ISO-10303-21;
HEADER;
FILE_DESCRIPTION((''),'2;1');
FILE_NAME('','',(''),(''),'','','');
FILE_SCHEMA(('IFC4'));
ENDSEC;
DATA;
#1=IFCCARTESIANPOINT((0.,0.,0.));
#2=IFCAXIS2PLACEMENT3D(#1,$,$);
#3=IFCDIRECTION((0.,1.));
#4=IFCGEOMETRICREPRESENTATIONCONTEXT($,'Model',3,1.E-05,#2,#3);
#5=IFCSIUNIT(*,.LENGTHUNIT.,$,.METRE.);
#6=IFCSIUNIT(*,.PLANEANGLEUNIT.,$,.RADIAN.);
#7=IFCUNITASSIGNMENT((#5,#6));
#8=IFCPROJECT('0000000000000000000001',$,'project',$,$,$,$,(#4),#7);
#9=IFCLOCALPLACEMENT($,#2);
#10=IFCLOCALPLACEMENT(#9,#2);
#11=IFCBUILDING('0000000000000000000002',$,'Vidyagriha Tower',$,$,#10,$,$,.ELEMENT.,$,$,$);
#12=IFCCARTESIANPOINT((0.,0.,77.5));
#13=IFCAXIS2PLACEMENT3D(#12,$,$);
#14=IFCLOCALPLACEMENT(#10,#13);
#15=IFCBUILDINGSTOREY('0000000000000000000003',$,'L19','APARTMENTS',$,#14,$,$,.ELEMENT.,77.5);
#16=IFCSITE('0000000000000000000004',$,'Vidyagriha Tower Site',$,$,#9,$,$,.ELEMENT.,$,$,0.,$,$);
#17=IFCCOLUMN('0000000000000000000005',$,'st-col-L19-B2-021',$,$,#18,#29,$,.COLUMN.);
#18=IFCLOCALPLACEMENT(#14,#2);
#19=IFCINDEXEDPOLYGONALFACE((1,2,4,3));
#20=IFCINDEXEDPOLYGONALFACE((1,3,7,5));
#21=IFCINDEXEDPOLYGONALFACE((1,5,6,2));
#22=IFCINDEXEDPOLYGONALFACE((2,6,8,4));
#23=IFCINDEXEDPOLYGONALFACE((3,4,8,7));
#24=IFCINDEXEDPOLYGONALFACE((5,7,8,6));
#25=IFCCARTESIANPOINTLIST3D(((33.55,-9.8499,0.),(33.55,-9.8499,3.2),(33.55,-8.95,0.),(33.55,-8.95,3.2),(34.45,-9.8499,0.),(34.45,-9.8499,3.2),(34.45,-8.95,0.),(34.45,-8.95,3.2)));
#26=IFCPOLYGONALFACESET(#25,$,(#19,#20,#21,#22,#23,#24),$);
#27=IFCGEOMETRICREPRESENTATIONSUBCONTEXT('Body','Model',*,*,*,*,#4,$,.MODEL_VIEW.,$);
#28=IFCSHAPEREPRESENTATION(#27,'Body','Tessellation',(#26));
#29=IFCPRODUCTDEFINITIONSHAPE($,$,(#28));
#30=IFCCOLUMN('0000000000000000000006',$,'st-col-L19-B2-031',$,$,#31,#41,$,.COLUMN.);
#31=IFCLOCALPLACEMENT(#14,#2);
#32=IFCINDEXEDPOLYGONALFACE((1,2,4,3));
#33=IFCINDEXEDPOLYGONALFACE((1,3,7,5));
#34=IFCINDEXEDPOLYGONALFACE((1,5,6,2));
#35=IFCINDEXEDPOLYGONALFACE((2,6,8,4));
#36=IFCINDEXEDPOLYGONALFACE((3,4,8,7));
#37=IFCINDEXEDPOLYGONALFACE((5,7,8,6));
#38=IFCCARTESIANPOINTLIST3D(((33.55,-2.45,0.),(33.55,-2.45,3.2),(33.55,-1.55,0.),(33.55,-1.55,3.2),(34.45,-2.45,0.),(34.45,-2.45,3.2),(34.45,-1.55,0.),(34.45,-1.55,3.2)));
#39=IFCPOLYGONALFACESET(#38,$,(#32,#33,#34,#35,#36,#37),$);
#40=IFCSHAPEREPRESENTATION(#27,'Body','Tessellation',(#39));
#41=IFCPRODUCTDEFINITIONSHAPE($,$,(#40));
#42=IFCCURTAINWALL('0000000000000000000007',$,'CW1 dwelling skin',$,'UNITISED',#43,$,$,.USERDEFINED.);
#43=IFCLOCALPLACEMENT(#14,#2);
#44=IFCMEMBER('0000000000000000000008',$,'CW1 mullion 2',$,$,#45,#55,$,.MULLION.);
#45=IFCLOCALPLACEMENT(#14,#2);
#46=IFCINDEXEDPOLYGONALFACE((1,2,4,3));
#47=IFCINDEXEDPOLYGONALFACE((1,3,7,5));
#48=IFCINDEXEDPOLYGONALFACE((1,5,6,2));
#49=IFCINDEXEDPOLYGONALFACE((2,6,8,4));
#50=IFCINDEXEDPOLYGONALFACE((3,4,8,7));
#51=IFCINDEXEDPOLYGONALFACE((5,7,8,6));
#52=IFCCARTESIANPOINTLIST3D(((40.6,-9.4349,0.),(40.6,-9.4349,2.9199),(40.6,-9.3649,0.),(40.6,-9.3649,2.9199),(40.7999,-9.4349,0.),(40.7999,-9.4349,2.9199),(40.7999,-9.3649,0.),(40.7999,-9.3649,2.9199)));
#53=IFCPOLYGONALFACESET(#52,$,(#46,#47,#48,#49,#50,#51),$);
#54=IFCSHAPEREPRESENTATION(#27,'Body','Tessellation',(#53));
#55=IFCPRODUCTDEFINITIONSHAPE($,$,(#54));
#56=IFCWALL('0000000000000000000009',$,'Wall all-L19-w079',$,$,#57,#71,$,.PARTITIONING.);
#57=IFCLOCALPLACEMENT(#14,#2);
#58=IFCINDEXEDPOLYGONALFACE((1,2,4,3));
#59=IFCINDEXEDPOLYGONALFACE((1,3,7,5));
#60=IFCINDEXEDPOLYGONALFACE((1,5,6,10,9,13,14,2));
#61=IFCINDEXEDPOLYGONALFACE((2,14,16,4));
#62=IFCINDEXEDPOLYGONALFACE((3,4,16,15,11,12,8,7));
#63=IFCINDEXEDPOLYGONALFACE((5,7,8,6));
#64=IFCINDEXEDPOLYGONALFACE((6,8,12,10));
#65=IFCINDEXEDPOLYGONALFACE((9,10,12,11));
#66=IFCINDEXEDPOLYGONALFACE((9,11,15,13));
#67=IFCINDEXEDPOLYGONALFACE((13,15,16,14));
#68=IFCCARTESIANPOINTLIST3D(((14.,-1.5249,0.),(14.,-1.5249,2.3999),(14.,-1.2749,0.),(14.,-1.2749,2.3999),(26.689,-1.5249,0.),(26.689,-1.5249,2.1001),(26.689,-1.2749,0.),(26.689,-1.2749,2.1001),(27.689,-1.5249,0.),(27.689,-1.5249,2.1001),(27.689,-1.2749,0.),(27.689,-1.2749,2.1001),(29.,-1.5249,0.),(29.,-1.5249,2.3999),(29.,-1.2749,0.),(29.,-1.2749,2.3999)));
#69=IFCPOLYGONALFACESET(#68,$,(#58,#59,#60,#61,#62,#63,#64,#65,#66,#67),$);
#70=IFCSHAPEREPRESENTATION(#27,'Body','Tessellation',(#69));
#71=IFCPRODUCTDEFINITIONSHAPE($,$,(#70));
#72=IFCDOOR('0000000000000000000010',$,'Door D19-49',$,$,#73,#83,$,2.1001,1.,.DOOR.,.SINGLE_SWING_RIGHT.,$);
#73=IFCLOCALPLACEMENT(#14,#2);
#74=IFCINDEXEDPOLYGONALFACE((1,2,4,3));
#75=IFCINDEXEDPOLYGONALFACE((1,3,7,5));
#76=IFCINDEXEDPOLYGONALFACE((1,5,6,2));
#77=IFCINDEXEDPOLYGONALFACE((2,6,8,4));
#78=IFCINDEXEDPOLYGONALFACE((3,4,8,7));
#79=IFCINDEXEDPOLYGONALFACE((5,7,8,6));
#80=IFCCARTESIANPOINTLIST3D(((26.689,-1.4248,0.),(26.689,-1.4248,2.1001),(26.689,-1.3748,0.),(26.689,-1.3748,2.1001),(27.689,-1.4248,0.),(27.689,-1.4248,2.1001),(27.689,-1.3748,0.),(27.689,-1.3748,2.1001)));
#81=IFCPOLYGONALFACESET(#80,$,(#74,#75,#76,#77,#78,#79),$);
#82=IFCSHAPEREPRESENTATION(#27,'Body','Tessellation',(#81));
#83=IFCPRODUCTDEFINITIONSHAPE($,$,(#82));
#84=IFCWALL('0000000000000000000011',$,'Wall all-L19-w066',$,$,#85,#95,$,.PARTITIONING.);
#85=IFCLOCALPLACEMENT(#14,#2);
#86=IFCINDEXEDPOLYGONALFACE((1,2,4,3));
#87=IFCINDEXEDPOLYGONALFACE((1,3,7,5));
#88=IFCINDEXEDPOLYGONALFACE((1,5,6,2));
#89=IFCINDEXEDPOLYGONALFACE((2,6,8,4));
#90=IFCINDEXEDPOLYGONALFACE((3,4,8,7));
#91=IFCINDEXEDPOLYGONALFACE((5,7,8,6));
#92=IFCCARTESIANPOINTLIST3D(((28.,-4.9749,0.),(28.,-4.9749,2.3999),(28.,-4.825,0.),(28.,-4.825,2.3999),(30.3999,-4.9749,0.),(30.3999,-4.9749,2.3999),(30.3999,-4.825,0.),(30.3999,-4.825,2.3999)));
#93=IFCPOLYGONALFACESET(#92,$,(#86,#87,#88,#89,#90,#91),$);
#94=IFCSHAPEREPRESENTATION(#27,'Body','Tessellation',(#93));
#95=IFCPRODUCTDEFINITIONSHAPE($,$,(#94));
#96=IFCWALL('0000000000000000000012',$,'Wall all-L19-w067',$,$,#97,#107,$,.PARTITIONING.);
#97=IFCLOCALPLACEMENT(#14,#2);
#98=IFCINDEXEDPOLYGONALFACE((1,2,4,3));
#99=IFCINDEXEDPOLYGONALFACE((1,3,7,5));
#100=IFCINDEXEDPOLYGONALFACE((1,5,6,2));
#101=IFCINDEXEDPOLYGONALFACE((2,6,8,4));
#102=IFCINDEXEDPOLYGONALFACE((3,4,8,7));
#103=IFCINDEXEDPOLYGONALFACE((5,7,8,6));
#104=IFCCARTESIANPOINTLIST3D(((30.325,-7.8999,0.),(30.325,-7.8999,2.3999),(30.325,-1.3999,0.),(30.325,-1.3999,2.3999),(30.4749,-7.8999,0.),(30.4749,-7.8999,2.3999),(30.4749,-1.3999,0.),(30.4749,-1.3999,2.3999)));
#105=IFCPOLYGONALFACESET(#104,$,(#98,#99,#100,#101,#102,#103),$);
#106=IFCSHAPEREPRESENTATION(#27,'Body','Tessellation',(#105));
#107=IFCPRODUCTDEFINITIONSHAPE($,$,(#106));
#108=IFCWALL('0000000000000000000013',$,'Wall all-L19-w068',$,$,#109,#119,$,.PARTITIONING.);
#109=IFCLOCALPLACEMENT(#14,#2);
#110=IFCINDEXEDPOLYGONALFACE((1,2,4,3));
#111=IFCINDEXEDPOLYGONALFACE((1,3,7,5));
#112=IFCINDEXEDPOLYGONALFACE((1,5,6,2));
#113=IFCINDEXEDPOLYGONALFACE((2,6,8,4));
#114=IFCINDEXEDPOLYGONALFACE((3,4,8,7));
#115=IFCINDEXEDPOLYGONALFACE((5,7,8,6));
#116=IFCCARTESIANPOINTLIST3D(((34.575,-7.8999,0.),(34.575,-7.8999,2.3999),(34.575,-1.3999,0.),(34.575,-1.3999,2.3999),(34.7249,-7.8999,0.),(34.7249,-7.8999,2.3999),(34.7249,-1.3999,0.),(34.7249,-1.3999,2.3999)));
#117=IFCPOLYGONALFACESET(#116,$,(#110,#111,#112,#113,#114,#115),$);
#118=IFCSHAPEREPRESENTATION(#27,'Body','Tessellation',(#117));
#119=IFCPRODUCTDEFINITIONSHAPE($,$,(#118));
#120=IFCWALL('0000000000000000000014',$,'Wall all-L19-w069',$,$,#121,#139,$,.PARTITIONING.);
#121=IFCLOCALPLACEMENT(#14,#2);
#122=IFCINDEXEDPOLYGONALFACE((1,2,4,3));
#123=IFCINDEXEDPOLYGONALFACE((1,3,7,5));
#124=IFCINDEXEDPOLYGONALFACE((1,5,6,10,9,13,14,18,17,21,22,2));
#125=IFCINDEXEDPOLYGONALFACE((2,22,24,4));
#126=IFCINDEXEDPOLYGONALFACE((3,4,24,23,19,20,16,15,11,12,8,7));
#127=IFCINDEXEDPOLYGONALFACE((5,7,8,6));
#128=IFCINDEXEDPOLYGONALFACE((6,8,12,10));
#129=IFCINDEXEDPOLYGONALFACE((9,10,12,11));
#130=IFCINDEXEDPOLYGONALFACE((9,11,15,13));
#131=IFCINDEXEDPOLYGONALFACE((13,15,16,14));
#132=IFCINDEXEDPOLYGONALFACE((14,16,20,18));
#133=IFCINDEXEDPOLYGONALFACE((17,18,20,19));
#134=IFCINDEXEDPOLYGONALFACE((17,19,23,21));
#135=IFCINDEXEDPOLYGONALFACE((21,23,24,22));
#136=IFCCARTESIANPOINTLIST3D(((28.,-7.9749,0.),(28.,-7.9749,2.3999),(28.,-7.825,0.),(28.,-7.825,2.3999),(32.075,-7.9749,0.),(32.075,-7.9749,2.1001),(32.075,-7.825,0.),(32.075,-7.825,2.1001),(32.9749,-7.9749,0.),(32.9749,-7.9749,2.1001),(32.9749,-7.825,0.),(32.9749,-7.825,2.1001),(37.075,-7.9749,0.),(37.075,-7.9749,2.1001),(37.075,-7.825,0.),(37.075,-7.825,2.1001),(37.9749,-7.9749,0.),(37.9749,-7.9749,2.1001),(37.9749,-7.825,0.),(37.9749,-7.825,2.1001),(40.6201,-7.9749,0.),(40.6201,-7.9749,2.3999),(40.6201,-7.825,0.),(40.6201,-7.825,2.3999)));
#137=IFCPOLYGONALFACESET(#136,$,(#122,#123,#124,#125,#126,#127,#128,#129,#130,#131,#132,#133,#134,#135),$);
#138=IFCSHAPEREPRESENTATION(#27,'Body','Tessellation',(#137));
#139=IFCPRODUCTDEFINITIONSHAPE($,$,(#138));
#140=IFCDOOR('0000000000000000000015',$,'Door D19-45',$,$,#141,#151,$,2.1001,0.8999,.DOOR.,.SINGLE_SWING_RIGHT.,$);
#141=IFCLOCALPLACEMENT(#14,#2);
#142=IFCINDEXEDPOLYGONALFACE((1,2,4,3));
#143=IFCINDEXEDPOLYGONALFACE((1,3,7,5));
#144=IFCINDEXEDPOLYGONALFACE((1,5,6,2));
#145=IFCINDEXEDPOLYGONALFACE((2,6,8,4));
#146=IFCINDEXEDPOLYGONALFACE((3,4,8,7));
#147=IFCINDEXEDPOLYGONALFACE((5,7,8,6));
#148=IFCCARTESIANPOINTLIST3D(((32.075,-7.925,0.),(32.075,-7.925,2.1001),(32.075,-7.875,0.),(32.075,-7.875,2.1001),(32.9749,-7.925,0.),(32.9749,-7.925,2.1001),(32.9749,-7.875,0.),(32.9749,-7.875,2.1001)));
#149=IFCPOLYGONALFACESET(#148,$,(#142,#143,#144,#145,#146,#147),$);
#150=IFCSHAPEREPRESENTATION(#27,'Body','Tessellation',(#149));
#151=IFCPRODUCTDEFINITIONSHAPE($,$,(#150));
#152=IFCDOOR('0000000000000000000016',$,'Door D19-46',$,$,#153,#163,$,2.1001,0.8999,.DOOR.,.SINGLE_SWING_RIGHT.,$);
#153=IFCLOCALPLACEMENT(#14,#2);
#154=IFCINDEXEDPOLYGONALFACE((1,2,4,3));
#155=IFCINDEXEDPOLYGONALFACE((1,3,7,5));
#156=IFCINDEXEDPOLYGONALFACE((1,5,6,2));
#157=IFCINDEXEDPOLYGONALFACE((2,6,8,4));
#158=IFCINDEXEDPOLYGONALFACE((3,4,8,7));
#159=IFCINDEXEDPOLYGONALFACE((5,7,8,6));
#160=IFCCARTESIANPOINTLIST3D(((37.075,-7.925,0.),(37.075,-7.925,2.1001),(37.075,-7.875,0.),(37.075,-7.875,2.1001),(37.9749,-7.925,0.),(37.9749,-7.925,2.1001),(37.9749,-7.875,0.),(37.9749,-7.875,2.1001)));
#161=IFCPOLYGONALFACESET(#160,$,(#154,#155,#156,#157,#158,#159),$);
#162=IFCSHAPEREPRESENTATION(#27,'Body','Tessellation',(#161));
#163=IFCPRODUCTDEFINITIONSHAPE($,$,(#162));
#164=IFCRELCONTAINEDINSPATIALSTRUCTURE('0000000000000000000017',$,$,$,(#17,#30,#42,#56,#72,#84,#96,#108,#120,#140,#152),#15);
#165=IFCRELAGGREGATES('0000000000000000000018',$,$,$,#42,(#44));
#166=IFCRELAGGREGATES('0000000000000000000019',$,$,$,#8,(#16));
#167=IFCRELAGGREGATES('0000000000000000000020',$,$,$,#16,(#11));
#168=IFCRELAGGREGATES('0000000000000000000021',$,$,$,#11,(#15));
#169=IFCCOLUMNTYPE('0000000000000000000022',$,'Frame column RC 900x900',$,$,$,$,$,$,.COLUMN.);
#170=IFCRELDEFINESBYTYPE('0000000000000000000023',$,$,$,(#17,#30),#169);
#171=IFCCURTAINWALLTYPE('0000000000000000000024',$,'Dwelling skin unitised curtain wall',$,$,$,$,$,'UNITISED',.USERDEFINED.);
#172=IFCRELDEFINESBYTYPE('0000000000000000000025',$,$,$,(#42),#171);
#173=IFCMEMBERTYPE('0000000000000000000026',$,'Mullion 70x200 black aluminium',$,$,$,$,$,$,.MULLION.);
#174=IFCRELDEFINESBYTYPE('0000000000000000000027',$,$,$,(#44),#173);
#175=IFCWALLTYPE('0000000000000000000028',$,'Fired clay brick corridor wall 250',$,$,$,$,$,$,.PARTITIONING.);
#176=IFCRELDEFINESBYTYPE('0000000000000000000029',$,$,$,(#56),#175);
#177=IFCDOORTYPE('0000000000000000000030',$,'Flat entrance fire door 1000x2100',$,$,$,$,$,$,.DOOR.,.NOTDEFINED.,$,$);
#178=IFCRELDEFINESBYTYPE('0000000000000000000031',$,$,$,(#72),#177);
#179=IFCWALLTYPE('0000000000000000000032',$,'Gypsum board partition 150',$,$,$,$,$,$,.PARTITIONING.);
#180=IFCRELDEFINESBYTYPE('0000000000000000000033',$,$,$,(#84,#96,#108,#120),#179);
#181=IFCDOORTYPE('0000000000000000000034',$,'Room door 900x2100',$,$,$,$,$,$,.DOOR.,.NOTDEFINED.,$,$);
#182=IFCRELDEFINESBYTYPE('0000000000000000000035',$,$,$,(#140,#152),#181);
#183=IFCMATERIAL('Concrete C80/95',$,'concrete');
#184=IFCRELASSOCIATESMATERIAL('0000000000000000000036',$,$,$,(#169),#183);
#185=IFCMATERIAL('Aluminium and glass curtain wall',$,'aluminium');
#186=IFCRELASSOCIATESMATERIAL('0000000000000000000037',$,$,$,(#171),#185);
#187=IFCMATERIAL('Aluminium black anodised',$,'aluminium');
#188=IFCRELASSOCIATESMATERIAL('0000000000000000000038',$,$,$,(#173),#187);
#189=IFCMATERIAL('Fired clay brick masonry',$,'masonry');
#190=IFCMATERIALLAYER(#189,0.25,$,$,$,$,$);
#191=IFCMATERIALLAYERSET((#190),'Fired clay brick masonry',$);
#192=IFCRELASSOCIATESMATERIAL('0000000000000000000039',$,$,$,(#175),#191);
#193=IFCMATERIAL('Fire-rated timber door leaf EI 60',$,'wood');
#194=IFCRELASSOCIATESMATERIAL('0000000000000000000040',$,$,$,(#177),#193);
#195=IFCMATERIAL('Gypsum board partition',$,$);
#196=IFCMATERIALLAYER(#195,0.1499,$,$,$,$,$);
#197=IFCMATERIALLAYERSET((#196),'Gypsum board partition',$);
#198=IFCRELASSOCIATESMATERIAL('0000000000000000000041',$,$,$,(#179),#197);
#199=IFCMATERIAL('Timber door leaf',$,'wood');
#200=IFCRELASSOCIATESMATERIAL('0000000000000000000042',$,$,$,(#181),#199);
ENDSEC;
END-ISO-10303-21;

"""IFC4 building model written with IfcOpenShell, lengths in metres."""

from ifc_helpers import new_model, si_unit, direction, frame, frame_2d, origin, origin_2d, place, context, subcontext, project, spatial, rectangle, extrude, material, layer, layer_set, material_profile, profile_set, type_object, element, fill, aggregate, save


model = new_model("IFC4")

# Units and contexts
model_context = context("Model", 3, precision=1e-05, world=origin(), true_north=direction((0.0, 1.0)))
body_context = subcontext(model_context, "Body", "Model", "MODEL_VIEW")
ifc_project = project(units=[si_unit("LENGTHUNIT", "METRE"), si_unit("PLANEANGLEUNIT", "RADIAN")], contexts=[model_context])

# Site, building, storey
site_placement = place(None, origin())
site = spatial("IfcSite", under=ifc_project, at=site_placement, Name="Vidyagriha Tower Site", CompositionType="ELEMENT", RefElevation=0.0)
building_placement = place(site_placement, origin())
building = spatial("IfcBuilding", under=site, at=building_placement, Name="Vidyagriha Tower", CompositionType="ELEMENT")
storey_placement = place(building_placement, frame((0.0, 0.0, 77.5)))
storey = spatial("IfcBuildingStorey", under=building, at=storey_placement, Name="L19", Description="APARTMENTS", CompositionType="ELEMENT", Elevation=77.5)

# Columns
ifc_material_1 = material(Name="Concrete C80/95", Category="concrete")
ifc_material_profile_1 = material_profile(ifc_material_1, rectangle(XDim=0.8999, YDim=0.8999, at=origin_2d()), Name="RC 900x900")
ifc_profile_set_1 = profile_set([ifc_material_profile_1], Name="Concrete C80/95")
column_type = type_object("IfcColumnType", Name="Frame column RC 900x900", PredefinedType="COLUMN", material=ifc_profile_set_1)
for number, where, name in (
    (1, (34.0, -9.3999, 0.0), "st-col-L19-B2-021"),
    (2, (34.0, -2.0, 0.0), "st-col-L19-B2-031"),
):
    element("IfcColumn", number, at=place(storey_placement, frame(where)), inside=storey, type_object=column_type, Name=name, PredefinedType="COLUMN", context=body_context, shape_type="SweptSolid", body=[
        extrude(rectangle(XDim=0.8999, YDim=0.8999, at=origin_2d()), origin(), (0.0, 0.0, 1.0), 3.2),
    ])

# Curtain wall, member
ifc_material_2 = material(Name="Aluminium and glass curtain wall", Category="aluminium")
curtain_wall_type = type_object("IfcCurtainWallType", Name="Dwelling skin unitised curtain wall", ElementType="UNITISED", PredefinedType="USERDEFINED", material=ifc_material_2)
curtain_wall_placement = place(storey_placement, origin())
curtain_wall = element("IfcCurtainWall", 3, at=curtain_wall_placement, inside=storey, type_object=curtain_wall_type, Name="CW1 dwelling skin", ObjectType="UNITISED", PredefinedType="USERDEFINED")
ifc_material_3 = material(Name="Aluminium black anodised", Category="aluminium")
ifc_material_profile_2 = material_profile(ifc_material_3, rectangle(XDim=0.2, YDim=0.0701, at=origin_2d()), Name="Mullion 70x200 black aluminium")
ifc_profile_set_2 = profile_set([ifc_material_profile_2], Name="Aluminium black anodised")
member_type = type_object("IfcMemberType", Name="Mullion 70x200 black aluminium", PredefinedType="MULLION", material=ifc_profile_set_2)
member_placement = place(storey_placement, frame((40.7, -9.3999, 0.0), z_axis=(0.0, 0.0, 1.0), x_axis=(-1.0, 0.0, 0.0)))
member = element("IfcMember", 4, at=member_placement, type_object=member_type, Name="CW1 mullion 2", PredefinedType="MULLION", context=body_context, shape_type="SweptSolid", body=[
    extrude(rectangle(XDim=0.2, YDim=0.0701, at=origin_2d()), origin(), (0.0, 0.0, 1.0), 2.9199),
])
aggregate(curtain_wall, [member])

# Wall, opening, door
ifc_material_4 = material(Name="Fired clay brick masonry", Category="masonry")
ifc_layer_1 = layer(ifc_material_4, 0.25)
ifc_layer_set_1 = layer_set([ifc_layer_1], Name="Fired clay brick masonry")
wall_type_1 = type_object("IfcWallType", Name="Fired clay brick corridor wall 250", PredefinedType="PARTITIONING", material=ifc_layer_set_1)
wall_1_placement = place(storey_placement, frame((29.0, -1.3999, 0.0), z_axis=(0.0, 0.0, 1.0), x_axis=(-1.0, 0.0, 0.0)))
wall_1 = element("IfcWall", 5, at=wall_1_placement, inside=storey, type_object=wall_type_1, Name="Wall all-L19-w079", PredefinedType="PARTITIONING", context=body_context, shape_type="SweptSolid", body=[
    extrude(rectangle(XDim=15.0, YDim=0.25, at=frame_2d((7.5, 0.0))), origin(), (0.0, 0.0, 1.0), 2.3999),
])
opening_1_placement = place(wall_1_placement, frame((1.311, 0.0, 0.0)))
opening_1 = element("IfcOpeningElement", 6, at=opening_1_placement, cuts=wall_1, PredefinedType="OPENING", context=body_context, shape_type="SweptSolid", body=[
    extrude(rectangle(XDim=1.0, YDim=2.1001, at=frame_2d((0.5, 1.05))), frame((0.0, 0.135, 0.0), z_axis=(0.0, -1.0, 0.0), x_axis=(1.0, 0.0, 0.0)), (0.0, 0.0, 1.0), 0.27),
])
ifc_material_5 = material(Name="Fire-rated timber door leaf EI 60", Category="wood")
door_type_1 = type_object("IfcDoorType", Name="Flat entrance fire door 1000x2100", OperationType="NOTDEFINED", PredefinedType="DOOR", material=ifc_material_5)
door_1_placement = place(opening_1_placement, origin())
door_1 = element("IfcDoor", 7, at=door_1_placement, inside=storey, type_object=door_type_1, Name="Door D19-49", OperationType="SINGLE_SWING_RIGHT", OverallHeight=2.1001, OverallWidth=1.0, PredefinedType="DOOR", context=body_context, shape_type="SweptSolid", body=[
    extrude(rectangle(XDim=1.0, YDim=2.1001, at=frame_2d((0.5, 1.05))), frame((0.0, 0.0249, 0.0), z_axis=(0.0, -1.0, 0.0), x_axis=(1.0, 0.0, 0.0)), (0.0, 0.0, 1.0), 0.05),
])
fill(opening_1, door_1)

# Walls
ifc_material_6 = material(Name="Gypsum board partition")
ifc_layer_2 = layer(ifc_material_6, 0.1499)
ifc_layer_set_2 = layer_set([ifc_layer_2], Name="Gypsum board partition")
wall_type_2 = type_object("IfcWallType", Name="Gypsum board partition 150", PredefinedType="PARTITIONING", material=ifc_layer_set_2)
wall_2_placement = place(storey_placement, frame((30.3999, -4.8999, 0.0), z_axis=(0.0, 0.0, 1.0), x_axis=(-1.0, 0.0, 0.0)))
element("IfcWall", 8, at=wall_2_placement, inside=storey, type_object=wall_type_2, Name="Wall all-L19-w066", PredefinedType="PARTITIONING", context=body_context, shape_type="SweptSolid", body=[
    extrude(rectangle(XDim=2.3999, YDim=0.1499, at=frame_2d((1.2, 0.0))), origin(), (0.0, 0.0, 1.0), 2.3999),
])
for number, where, z_axis, x_axis, name in (
    (9, (30.3999, -1.3999, 0.0), (0.0, 0.0, 1.0), (0.0, -1.0, 0.0), "Wall all-L19-w067"),
    (10, (34.6499, -1.3999, 0.0), (0.0, 0.0, 1.0), (0.0, -1.0, 0.0), "Wall all-L19-w068"),
):
    element("IfcWall", number, at=place(storey_placement, frame(where, z_axis=z_axis, x_axis=x_axis)), inside=storey, type_object=wall_type_2, Name=name, PredefinedType="PARTITIONING", context=body_context, shape_type="SweptSolid", body=[
        extrude(rectangle(XDim=6.5, YDim=0.1499, at=frame_2d((3.25, 0.0))), origin(), (0.0, 0.0, 1.0), 2.3999),
    ])

# Wall, openings, doors
wall_3_placement = place(storey_placement, frame((28.0, -7.8999, 0.0)))
wall_3 = element("IfcWall", 11, at=wall_3_placement, inside=storey, type_object=wall_type_2, Name="Wall all-L19-w069", PredefinedType="PARTITIONING", context=body_context, shape_type="SweptSolid", body=[
    extrude(rectangle(XDim=12.6201, YDim=0.1499, at=frame_2d((6.3101, 0.0))), origin(), (0.0, 0.0, 1.0), 2.3999),
])
opening_2_placement = place(wall_3_placement, frame((4.075, 0.0, 0.0)))
opening_2 = element("IfcOpeningElement", 12, at=opening_2_placement, cuts=wall_3, PredefinedType="OPENING", context=body_context, shape_type="SweptSolid", body=[
    extrude(rectangle(XDim=0.8999, YDim=2.1001, at=frame_2d((0.45, 1.05))), frame((0.0, 0.085, 0.0), z_axis=(0.0, -1.0, 0.0), x_axis=(1.0, 0.0, 0.0)), (0.0, 0.0, 1.0), 0.1699),
])
opening_3_placement = place(wall_3_placement, frame((9.075, 0.0, 0.0)))
opening_3 = element("IfcOpeningElement", 13, at=opening_3_placement, cuts=wall_3, PredefinedType="OPENING", context=body_context, shape_type="SweptSolid", body=[
    extrude(rectangle(XDim=0.8999, YDim=2.1001, at=frame_2d((0.45, 1.05))), frame((0.0, 0.085, 0.0), z_axis=(0.0, -1.0, 0.0), x_axis=(1.0, 0.0, 0.0)), (0.0, 0.0, 1.0), 0.1699),
])
ifc_material_7 = material(Name="Timber door leaf", Category="wood")
door_type_2 = type_object("IfcDoorType", Name="Room door 900x2100", OperationType="NOTDEFINED", PredefinedType="DOOR", material=ifc_material_7)
door_2_placement = place(opening_2_placement, origin())
door_2 = element("IfcDoor", 14, at=door_2_placement, inside=storey, type_object=door_type_2, Name="Door D19-45", OperationType="SINGLE_SWING_RIGHT", OverallHeight=2.1001, OverallWidth=0.8999, PredefinedType="DOOR", context=body_context, shape_type="SweptSolid", body=[
    extrude(rectangle(XDim=0.8999, YDim=2.1001, at=frame_2d((0.45, 1.05))), frame((0.0, 0.0249, 0.0), z_axis=(0.0, -1.0, 0.0), x_axis=(1.0, 0.0, 0.0)), (0.0, 0.0, 1.0), 0.05),
])
fill(opening_2, door_2)
door_3_placement = place(opening_3_placement, origin())
door_3 = element("IfcDoor", 15, at=door_3_placement, inside=storey, type_object=door_type_2, Name="Door D19-46", OperationType="SINGLE_SWING_RIGHT", OverallHeight=2.1001, OverallWidth=0.8999, PredefinedType="DOOR", context=body_context, shape_type="SweptSolid", body=[
    extrude(rectangle(XDim=0.8999, YDim=2.1001, at=frame_2d((0.45, 1.05))), frame((0.0, 0.0249, 0.0), z_axis=(0.0, -1.0, 0.0), x_axis=(1.0, 0.0, 0.0)), (0.0, 0.0, 1.0), 0.05),
])
fill(opening_3, door_3)

save(model, "model.ifc")
